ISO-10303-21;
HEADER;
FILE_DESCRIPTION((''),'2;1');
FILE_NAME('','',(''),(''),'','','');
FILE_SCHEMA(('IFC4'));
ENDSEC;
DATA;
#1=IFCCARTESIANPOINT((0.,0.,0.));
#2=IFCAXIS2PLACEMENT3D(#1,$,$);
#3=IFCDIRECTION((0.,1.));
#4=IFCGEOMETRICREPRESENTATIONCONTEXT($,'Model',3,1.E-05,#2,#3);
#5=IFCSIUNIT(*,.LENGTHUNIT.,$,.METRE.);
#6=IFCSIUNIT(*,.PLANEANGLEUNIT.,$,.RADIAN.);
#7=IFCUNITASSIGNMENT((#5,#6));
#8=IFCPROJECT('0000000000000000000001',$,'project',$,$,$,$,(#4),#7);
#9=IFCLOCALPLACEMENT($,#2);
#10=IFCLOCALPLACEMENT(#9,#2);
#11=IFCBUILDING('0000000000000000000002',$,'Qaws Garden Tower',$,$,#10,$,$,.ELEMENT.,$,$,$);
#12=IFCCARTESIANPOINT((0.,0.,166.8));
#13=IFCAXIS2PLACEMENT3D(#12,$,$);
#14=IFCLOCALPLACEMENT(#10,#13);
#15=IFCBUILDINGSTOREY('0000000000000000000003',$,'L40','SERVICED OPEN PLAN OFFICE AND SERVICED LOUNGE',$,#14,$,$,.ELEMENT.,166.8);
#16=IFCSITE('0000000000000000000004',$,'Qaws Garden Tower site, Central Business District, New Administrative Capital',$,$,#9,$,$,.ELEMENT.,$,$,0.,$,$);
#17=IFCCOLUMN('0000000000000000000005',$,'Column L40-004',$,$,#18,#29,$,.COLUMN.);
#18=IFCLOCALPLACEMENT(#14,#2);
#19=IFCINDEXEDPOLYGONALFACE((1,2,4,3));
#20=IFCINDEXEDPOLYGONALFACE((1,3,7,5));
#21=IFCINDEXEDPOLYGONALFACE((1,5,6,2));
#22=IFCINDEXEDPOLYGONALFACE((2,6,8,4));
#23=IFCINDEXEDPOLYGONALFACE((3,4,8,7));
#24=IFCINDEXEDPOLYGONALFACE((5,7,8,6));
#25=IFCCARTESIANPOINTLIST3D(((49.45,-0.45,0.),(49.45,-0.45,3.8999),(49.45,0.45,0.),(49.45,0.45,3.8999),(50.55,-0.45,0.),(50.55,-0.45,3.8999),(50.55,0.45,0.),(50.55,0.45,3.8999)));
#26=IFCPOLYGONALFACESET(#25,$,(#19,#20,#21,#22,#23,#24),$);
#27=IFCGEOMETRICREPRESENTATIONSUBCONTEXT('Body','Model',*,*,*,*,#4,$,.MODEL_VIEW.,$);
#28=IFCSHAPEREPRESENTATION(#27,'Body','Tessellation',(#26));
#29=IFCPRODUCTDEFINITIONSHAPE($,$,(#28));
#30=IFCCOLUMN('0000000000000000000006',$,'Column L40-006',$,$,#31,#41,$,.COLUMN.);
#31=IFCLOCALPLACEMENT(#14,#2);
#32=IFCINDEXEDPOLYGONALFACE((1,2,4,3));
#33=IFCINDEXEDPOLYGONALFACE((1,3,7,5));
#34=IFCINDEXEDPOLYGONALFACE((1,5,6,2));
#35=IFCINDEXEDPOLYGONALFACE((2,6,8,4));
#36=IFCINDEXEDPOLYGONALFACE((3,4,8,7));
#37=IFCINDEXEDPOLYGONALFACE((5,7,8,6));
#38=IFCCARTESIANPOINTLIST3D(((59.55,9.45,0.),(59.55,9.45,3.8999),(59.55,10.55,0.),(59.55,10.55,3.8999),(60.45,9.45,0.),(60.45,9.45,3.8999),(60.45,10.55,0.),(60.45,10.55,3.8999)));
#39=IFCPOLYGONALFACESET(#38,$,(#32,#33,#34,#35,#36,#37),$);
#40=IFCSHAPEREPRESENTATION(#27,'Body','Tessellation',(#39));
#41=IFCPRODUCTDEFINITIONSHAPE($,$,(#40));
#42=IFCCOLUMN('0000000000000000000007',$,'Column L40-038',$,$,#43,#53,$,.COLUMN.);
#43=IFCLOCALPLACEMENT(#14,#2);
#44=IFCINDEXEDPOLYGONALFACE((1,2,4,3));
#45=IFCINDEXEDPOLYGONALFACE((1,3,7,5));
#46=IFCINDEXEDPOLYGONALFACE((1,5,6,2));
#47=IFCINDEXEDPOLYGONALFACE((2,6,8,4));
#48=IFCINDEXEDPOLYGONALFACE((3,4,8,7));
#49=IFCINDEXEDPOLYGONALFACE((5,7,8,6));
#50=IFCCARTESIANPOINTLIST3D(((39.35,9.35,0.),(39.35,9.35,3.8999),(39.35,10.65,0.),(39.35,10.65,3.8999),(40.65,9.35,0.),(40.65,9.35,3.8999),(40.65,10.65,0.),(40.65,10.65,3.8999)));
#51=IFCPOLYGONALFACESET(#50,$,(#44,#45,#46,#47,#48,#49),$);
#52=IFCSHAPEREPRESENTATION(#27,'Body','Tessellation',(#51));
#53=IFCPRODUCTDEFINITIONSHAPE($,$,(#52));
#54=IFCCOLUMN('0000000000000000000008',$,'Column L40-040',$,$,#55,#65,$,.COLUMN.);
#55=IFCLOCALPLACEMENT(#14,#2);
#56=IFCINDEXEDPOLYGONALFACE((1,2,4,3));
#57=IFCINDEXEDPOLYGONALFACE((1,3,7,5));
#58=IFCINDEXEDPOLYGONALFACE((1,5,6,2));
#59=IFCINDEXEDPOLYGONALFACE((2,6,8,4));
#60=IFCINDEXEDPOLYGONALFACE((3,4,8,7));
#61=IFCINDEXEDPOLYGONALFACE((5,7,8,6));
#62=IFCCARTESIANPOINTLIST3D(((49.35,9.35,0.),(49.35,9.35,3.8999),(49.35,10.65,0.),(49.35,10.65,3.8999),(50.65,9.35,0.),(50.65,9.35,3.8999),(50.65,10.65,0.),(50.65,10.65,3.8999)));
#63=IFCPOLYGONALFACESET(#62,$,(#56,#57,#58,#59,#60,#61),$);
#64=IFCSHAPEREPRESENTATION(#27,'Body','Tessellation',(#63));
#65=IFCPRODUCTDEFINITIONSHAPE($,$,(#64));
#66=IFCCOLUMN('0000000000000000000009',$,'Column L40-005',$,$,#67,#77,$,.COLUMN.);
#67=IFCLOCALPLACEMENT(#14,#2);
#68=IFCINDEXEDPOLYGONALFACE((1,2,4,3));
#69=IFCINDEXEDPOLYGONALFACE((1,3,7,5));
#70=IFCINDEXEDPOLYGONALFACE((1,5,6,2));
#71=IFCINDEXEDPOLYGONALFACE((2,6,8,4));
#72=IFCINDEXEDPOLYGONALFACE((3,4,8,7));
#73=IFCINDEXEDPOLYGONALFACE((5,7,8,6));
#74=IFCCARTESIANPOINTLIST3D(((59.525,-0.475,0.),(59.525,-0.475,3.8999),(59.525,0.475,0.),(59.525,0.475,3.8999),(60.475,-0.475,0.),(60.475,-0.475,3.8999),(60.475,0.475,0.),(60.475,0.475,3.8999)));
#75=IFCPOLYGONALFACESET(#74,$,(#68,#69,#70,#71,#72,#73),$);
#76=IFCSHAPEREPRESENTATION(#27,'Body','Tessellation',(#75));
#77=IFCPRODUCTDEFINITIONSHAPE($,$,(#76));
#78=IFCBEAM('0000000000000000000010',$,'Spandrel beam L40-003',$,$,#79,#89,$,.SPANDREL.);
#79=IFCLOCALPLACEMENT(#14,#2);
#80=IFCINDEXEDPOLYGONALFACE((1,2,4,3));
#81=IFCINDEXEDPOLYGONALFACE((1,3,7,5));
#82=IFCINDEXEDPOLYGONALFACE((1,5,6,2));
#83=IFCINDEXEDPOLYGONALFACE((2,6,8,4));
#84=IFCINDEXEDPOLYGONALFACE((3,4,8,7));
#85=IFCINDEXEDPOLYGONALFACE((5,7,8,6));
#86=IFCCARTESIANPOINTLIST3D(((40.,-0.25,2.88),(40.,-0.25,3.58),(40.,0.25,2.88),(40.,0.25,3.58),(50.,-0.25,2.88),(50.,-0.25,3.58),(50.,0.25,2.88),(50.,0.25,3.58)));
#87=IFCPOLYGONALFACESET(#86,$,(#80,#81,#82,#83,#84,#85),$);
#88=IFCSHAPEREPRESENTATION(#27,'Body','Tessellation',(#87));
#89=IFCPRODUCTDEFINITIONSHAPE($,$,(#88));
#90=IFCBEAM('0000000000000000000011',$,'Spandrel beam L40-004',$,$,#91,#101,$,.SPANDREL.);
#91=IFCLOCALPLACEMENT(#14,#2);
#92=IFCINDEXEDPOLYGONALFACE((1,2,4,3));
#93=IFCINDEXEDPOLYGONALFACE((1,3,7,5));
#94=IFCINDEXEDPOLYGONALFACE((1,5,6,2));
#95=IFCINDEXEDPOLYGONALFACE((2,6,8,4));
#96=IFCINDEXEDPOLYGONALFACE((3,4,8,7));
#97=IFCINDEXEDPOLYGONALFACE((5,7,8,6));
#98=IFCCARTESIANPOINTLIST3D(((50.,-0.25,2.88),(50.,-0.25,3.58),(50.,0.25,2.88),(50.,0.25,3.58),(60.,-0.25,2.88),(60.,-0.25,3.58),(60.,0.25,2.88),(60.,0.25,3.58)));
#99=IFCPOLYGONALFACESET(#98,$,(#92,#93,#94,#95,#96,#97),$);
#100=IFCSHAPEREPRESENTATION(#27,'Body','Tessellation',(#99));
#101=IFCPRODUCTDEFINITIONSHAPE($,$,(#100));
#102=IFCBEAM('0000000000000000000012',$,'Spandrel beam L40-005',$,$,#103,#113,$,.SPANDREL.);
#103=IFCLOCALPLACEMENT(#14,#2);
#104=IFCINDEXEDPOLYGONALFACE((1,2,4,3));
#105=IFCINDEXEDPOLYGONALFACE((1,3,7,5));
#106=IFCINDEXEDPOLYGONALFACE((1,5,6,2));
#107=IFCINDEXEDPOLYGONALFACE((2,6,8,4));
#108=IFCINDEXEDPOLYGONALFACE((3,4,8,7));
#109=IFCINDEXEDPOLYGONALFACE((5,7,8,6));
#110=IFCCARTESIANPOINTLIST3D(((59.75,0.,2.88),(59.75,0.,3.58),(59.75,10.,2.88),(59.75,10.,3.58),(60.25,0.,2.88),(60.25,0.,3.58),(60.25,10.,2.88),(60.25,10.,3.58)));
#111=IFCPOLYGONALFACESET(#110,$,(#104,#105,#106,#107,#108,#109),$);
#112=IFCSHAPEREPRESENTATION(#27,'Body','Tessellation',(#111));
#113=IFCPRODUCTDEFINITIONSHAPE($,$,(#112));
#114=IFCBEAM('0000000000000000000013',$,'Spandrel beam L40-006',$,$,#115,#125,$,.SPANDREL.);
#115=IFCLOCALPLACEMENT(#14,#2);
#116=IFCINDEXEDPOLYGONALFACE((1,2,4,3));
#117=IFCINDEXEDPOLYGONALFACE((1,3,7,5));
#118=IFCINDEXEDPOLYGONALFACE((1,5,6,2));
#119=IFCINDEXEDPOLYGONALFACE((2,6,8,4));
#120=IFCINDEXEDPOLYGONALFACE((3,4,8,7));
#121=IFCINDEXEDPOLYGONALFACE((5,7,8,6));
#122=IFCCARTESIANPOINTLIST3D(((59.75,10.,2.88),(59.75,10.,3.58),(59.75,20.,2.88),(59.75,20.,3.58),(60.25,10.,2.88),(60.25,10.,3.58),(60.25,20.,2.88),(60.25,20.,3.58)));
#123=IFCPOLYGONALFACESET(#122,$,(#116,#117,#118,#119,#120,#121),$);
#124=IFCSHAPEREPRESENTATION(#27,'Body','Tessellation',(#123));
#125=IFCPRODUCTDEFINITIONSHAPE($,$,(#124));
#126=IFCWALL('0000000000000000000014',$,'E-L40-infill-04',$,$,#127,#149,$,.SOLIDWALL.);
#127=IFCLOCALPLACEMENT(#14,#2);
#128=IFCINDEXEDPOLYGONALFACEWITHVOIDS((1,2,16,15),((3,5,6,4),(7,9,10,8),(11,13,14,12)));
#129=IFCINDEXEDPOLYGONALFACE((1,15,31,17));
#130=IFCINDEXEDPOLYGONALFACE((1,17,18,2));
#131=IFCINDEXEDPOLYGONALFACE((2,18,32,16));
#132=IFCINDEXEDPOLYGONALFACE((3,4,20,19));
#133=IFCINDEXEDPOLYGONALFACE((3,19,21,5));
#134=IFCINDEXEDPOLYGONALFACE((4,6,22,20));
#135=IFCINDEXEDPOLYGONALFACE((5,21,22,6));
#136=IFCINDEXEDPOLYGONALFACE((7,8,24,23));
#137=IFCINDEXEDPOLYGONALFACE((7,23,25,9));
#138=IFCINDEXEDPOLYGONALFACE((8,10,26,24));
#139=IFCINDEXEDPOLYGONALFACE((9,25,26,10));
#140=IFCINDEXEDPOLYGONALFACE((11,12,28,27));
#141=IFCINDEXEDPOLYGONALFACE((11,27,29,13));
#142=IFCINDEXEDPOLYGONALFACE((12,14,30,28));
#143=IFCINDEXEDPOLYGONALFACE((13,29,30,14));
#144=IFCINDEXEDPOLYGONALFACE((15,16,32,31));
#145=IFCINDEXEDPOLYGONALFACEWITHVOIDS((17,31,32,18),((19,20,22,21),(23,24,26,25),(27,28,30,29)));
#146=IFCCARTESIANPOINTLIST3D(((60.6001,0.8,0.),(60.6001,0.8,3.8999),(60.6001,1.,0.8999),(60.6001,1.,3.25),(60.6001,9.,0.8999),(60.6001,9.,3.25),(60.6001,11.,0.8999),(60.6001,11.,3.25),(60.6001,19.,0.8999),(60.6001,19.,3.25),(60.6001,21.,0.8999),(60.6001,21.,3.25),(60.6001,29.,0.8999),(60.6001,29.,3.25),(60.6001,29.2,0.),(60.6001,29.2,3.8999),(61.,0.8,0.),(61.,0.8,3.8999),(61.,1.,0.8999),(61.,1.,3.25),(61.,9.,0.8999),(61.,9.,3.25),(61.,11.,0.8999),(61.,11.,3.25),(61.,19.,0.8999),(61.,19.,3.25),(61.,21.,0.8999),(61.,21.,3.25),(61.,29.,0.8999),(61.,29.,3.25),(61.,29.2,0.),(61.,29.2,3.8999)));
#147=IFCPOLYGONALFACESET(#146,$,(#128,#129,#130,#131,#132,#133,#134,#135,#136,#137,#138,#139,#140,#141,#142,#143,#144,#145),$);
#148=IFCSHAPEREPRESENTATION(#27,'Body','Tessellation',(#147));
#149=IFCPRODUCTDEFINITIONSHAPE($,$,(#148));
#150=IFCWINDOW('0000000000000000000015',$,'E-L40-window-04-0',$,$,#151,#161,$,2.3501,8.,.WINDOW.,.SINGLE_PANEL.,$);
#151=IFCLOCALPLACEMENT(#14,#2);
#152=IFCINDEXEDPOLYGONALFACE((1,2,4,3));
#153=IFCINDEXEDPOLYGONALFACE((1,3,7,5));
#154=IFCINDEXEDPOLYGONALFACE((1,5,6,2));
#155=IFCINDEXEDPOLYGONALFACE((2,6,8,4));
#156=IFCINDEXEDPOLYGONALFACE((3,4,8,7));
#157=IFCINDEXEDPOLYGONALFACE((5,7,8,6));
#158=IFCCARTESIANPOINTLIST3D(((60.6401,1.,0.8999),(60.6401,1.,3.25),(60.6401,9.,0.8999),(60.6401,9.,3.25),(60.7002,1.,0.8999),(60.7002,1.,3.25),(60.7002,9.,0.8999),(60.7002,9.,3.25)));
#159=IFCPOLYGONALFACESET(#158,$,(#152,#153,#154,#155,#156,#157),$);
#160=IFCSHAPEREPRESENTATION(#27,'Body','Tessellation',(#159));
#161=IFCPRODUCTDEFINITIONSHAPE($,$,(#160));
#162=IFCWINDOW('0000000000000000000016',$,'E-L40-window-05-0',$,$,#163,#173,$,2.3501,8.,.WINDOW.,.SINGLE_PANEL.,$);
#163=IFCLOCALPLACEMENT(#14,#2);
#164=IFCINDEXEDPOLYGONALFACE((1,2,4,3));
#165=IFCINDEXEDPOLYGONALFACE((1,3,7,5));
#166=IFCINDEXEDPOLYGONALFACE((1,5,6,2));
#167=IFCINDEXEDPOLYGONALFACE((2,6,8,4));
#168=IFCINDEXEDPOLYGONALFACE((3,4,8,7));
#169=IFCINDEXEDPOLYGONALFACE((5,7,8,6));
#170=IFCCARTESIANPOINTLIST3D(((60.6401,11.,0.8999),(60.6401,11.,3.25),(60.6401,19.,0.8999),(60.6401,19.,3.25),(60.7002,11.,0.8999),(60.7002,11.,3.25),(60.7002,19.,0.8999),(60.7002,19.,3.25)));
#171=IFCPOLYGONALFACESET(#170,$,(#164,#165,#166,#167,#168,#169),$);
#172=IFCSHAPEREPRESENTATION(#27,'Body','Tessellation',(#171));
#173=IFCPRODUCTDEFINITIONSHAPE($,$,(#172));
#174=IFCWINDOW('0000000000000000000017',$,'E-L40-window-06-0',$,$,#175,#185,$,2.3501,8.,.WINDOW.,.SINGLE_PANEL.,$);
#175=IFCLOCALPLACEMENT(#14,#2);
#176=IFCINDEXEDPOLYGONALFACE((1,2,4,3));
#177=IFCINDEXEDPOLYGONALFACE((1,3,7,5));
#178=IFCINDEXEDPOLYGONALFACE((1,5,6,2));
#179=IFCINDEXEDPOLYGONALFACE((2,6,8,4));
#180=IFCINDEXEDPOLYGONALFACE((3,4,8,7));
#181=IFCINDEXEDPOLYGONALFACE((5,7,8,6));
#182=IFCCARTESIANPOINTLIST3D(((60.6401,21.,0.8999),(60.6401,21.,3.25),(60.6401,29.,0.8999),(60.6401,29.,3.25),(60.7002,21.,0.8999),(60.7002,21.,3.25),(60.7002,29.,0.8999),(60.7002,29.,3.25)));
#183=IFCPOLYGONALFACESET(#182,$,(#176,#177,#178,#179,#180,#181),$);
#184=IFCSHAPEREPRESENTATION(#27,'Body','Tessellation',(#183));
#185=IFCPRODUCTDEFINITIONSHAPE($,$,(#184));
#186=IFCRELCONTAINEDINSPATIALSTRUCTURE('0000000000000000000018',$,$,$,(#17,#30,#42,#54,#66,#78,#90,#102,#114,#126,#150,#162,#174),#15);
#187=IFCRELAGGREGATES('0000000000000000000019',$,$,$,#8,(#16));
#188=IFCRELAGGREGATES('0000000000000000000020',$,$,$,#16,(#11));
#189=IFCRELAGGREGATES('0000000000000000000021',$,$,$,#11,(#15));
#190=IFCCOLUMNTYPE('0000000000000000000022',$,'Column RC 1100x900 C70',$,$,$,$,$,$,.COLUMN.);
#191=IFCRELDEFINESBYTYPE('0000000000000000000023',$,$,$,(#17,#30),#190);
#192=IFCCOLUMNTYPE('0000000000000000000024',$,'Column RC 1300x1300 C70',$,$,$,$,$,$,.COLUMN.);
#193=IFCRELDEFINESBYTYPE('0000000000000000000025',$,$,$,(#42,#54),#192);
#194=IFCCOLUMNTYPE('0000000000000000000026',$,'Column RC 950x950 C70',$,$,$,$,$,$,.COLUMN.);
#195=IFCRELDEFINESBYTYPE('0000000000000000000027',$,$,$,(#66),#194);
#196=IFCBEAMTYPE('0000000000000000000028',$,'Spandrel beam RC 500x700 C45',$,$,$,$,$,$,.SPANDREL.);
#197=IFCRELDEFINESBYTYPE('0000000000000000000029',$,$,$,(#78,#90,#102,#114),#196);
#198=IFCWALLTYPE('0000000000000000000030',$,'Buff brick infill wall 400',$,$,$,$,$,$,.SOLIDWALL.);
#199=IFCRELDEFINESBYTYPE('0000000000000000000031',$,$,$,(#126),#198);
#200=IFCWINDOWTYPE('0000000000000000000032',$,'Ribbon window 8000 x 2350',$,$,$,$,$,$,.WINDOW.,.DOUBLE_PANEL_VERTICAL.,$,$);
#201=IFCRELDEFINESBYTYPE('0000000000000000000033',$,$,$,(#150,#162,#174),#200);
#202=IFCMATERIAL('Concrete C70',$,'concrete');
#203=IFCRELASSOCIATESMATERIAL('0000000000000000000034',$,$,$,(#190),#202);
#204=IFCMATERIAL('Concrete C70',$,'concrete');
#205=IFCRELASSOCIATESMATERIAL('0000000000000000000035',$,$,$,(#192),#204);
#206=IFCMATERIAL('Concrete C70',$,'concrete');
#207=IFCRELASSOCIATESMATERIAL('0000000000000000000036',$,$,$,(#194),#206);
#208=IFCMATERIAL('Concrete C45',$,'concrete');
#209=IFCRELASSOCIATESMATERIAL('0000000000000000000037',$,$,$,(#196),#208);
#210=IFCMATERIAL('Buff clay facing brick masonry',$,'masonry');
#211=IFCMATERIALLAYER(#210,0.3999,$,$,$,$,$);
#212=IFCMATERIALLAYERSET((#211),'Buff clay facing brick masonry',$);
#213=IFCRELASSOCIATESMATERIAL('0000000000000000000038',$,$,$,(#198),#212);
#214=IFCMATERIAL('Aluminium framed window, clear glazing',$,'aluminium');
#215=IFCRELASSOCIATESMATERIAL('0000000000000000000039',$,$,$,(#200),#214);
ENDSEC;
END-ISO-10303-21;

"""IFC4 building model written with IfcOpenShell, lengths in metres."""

from ifc_helpers import new_model, si_unit, direction, frame, frame_2d, origin, origin_2d, place, context, subcontext, project, spatial, rectangle, extrude, material, layer, layer_set, material_profile, profile_set, type_object, element, fill, save


model = new_model("IFC4")

# Units and contexts
model_context = context("Model", 3, precision=1e-05, world=origin(), true_north=direction((0.0, 1.0)))
body_context = subcontext(model_context, "Body", "Model", "MODEL_VIEW")
ifc_project = project(units=[si_unit("LENGTHUNIT", "METRE"), si_unit("PLANEANGLEUNIT", "RADIAN")], contexts=[model_context])

# Site, building, storey
site_placement = place(None, origin())
site = spatial("IfcSite", under=ifc_project, at=site_placement, Name="Qaws Garden Tower site, Central Business District, New Administrative Capital", CompositionType="ELEMENT", RefElevation=0.0)
building_placement = place(site_placement, origin())
building = spatial("IfcBuilding", under=site, at=building_placement, Name="Qaws Garden Tower", CompositionType="ELEMENT")
storey_placement = place(building_placement, frame((0.0, 0.0, 166.8)))
storey = spatial("IfcBuildingStorey", under=building, at=storey_placement, Name="L40", Description="SERVICED OPEN PLAN OFFICE AND SERVICED LOUNGE", CompositionType="ELEMENT", Elevation=166.8)

# Columns
ifc_material_1 = material(Name="Concrete C70", Category="concrete")
ifc_material_profile_1 = material_profile(ifc_material_1, rectangle(XDim=1.1001, YDim=0.8999, at=origin_2d()), Name="RC 1100x900")
ifc_profile_set_1 = profile_set([ifc_material_profile_1], Name="Concrete C70")
column_type_1 = type_object("IfcColumnType", Name="Column RC 1100x900 C70", PredefinedType="COLUMN", material=ifc_profile_set_1)
for number, where, z_axis, x_axis, name in (
    (1, (50.0, 0.0, 0.0), (0.0, 0.0, 1.0), (1.0, 0.0, 0.0), "Column L40-004"),
    (2, (60.0, 10.0, 0.0), (0.0, 0.0, 1.0), (0.0, 1.0, 0.0), "Column L40-006"),
):
    element("IfcColumn", number, at=place(storey_placement, frame(where, z_axis=z_axis, x_axis=x_axis)), inside=storey, type_object=column_type_1, Name=name, PredefinedType="COLUMN", context=body_context, shape_type="SweptSolid", body=[
        extrude(rectangle(XDim=1.1001, YDim=0.8999, at=origin_2d()), origin(), (0.0, 0.0, 1.0), 3.8999),
    ])
ifc_material_2 = material(Name="Concrete C70", Category="concrete")
ifc_material_profile_2 = material_profile(ifc_material_2, rectangle(XDim=1.3, YDim=1.3, at=origin_2d()), Name="RC 1300x1300")
ifc_profile_set_2 = profile_set([ifc_material_profile_2], Name="Concrete C70")
column_type_2 = type_object("IfcColumnType", Name="Column RC 1300x1300 C70", PredefinedType="COLUMN", material=ifc_profile_set_2)
for number, where, z_axis, x_axis, name in (
    (3, (40.0, 10.0, 0.0), (0.0, 0.0, 1.0), (1.0, 0.0, 0.0), "Column L40-038"),
    (4, (50.0, 10.0, 0.0), (0.0, 0.0, 1.0), (1.0, 0.0, 0.0), "Column L40-040"),
):
    element("IfcColumn", number, at=place(storey_placement, frame(where, z_axis=z_axis, x_axis=x_axis)), inside=storey, type_object=column_type_2, Name=name, PredefinedType="COLUMN", context=body_context, shape_type="SweptSolid", body=[
        extrude(rectangle(XDim=1.3, YDim=1.3, at=origin_2d()), origin(), (0.0, 0.0, 1.0), 3.8999),
    ])
ifc_material_3 = material(Name="Concrete C70", Category="concrete")
ifc_material_profile_3 = material_profile(ifc_material_3, rectangle(XDim=0.95, YDim=0.95, at=origin_2d()), Name="RC 950x950")
ifc_profile_set_3 = profile_set([ifc_material_profile_3], Name="Concrete C70")
column_type_3 = type_object("IfcColumnType", Name="Column RC 950x950 C70", PredefinedType="COLUMN", material=ifc_profile_set_3)
column_placement = place(storey_placement, frame((60.0, 0.0, 0.0), z_axis=(0.0, 0.0, 1.0), x_axis=(1.0, 0.0, 0.0)))
element("IfcColumn", 5, at=column_placement, inside=storey, type_object=column_type_3, Name="Column L40-005", PredefinedType="COLUMN", context=body_context, shape_type="SweptSolid", body=[
    extrude(rectangle(XDim=0.95, YDim=0.95, at=origin_2d()), origin(), (0.0, 0.0, 1.0), 3.8999),
])

# Beams
ifc_material_4 = material(Name="Concrete C45", Category="concrete")
ifc_material_profile_4 = material_profile(ifc_material_4, rectangle(XDim=0.5, YDim=0.7, at=origin_2d()), Name="RC 500x700")
ifc_profile_set_4 = profile_set([ifc_material_profile_4], Name="Concrete C45")
beam_type = type_object("IfcBeamType", Name="Spandrel beam RC 500x700 C45", PredefinedType="SPANDREL", material=ifc_profile_set_4)
for number, where, z_axis, x_axis, name in (
    (6, (40.0, 0.0, 3.23), (1.0, 0.0, 0.0), (0.0, 1.0, 0.0), "Spandrel beam L40-003"),
    (7, (50.0, 0.0, 3.23), (1.0, 0.0, 0.0), (0.0, 1.0, 0.0), "Spandrel beam L40-004"),
    (8, (60.0, 0.0, 3.23), (0.0, 1.0, 0.0), (-1.0, 0.0, 0.0), "Spandrel beam L40-005"),
    (9, (60.0, 10.0, 3.23), (0.0, 1.0, 0.0), (-1.0, 0.0, 0.0), "Spandrel beam L40-006"),
):
    element("IfcBeam", number, at=place(storey_placement, frame(where, z_axis=z_axis, x_axis=x_axis)), inside=storey, type_object=beam_type, Name=name, PredefinedType="SPANDREL", context=body_context, shape_type="SweptSolid", body=[
        extrude(rectangle(XDim=0.5, YDim=0.7, at=origin_2d()), origin(), (0.0, 0.0, 1.0), 10.0),
    ])

# Wall, openings, windows
ifc_material_5 = material(Name="Buff clay facing brick masonry", Category="masonry")
ifc_layer_1 = layer(ifc_material_5, 0.3999)
ifc_layer_set_1 = layer_set([ifc_layer_1], Name="Buff clay facing brick masonry")
wall_type_1 = type_object("IfcWallType", Name="Buff brick infill wall 400", PredefinedType="SOLIDWALL", material=ifc_layer_set_1)
wall_1_placement = place(storey_placement, frame((60.8, 0.8, 0.0), z_axis=(0.0, 0.0, 1.0), x_axis=(0.0, 1.0, 0.0)))
wall_1 = element("IfcWall", 10, at=wall_1_placement, inside=storey, type_object=wall_type_1, Name="E-L40-infill-04", PredefinedType="SOLIDWALL", context=body_context, shape_type="SweptSolid", body=[
    extrude(rectangle(XDim=28.3999, YDim=0.3999, at=frame_2d((14.2, 0.0))), origin(), (0.0, 0.0, 1.0), 3.8999),
])
opening_1_placement = place(wall_1_placement, frame((0.2, 0.0, 0.8999)))
opening_1 = element("IfcOpeningElement", 11, at=opening_1_placement, cuts=wall_1, PredefinedType="OPENING", context=body_context, shape_type="SweptSolid", body=[
    extrude(rectangle(XDim=8.0, YDim=2.3501, at=frame_2d((4.0, 1.175))), frame((0.0, 0.21, 0.0), z_axis=(0.0, -1.0, 0.0), x_axis=(1.0, 0.0, 0.0)), (0.0, 0.0, 1.0), 0.4199),
])
opening_2_placement = place(wall_1_placement, frame((10.2, 0.0, 0.8999)))
opening_2 = element("IfcOpeningElement", 12, at=opening_2_placement, cuts=wall_1, PredefinedType="OPENING", context=body_context, shape_type="SweptSolid", body=[
    extrude(rectangle(XDim=8.0, YDim=2.3501, at=frame_2d((4.0, 1.175))), frame((0.0, 0.21, 0.0), z_axis=(0.0, -1.0, 0.0), x_axis=(1.0, 0.0, 0.0)), (0.0, 0.0, 1.0), 0.4199),
])
opening_3_placement = place(wall_1_placement, frame((20.2, 0.0, 0.8999)))
opening_3 = element("IfcOpeningElement", 13, at=opening_3_placement, cuts=wall_1, PredefinedType="OPENING", context=body_context, shape_type="SweptSolid", body=[
    extrude(rectangle(XDim=8.0, YDim=2.3501, at=frame_2d((4.0, 1.175))), frame((0.0, 0.21, 0.0), z_axis=(0.0, -1.0, 0.0), x_axis=(1.0, 0.0, 0.0)), (0.0, 0.0, 1.0), 0.4199),
])
ifc_material_6 = material(Name="Aluminium framed window, clear glazing", Category="aluminium")
window_type = type_object("IfcWindowType", Name="Ribbon window 8000 x 2350", PartitioningType="DOUBLE_PANEL_VERTICAL", PredefinedType="WINDOW", material=ifc_material_6)
window_1_placement = place(opening_1_placement, origin())
window_1 = element("IfcWindow", 14, at=window_1_placement, inside=storey, type_object=window_type, Name="E-L40-window-04-0", OverallHeight=2.3501, OverallWidth=8.0, PartitioningType="SINGLE_PANEL", PredefinedType="WINDOW", context=body_context, shape_type="SweptSolid", body=[
    extrude(rectangle(XDim=8.0, YDim=2.3501, at=frame_2d((4.0, 1.175))), frame((0.0, 0.1599, 0.0), z_axis=(0.0, -1.0, 0.0), x_axis=(1.0, 0.0, 0.0)), (0.0, 0.0, 1.0), 0.0601),
])
fill(opening_1, window_1)
window_2_placement = place(opening_2_placement, origin())
window_2 = element("IfcWindow", 15, at=window_2_placement, inside=storey, type_object=window_type, Name="E-L40-window-05-0", OverallHeight=2.3501, OverallWidth=8.0, PartitioningType="SINGLE_PANEL", PredefinedType="WINDOW", context=body_context, shape_type="SweptSolid", body=[
    extrude(rectangle(XDim=8.0, YDim=2.3501, at=frame_2d((4.0, 1.175))), frame((0.0, 0.1599, 0.0), z_axis=(0.0, -1.0, 0.0), x_axis=(1.0, 0.0, 0.0)), (0.0, 0.0, 1.0), 0.0601),
])
fill(opening_2, window_2)
window_3_placement = place(opening_3_placement, origin())
window_3 = element("IfcWindow", 16, at=window_3_placement, inside=storey, type_object=window_type, Name="E-L40-window-06-0", OverallHeight=2.3501, OverallWidth=8.0, PartitioningType="SINGLE_PANEL", PredefinedType="WINDOW", context=body_context, shape_type="SweptSolid", body=[
    extrude(rectangle(XDim=8.0, YDim=2.3501, at=frame_2d((4.0, 1.175))), frame((0.0, 0.1599, 0.0), z_axis=(0.0, -1.0, 0.0), x_axis=(1.0, 0.0, 0.0)), (0.0, 0.0, 1.0), 0.0601),
])
fill(opening_3, window_3)

save(model, "model.ifc")
